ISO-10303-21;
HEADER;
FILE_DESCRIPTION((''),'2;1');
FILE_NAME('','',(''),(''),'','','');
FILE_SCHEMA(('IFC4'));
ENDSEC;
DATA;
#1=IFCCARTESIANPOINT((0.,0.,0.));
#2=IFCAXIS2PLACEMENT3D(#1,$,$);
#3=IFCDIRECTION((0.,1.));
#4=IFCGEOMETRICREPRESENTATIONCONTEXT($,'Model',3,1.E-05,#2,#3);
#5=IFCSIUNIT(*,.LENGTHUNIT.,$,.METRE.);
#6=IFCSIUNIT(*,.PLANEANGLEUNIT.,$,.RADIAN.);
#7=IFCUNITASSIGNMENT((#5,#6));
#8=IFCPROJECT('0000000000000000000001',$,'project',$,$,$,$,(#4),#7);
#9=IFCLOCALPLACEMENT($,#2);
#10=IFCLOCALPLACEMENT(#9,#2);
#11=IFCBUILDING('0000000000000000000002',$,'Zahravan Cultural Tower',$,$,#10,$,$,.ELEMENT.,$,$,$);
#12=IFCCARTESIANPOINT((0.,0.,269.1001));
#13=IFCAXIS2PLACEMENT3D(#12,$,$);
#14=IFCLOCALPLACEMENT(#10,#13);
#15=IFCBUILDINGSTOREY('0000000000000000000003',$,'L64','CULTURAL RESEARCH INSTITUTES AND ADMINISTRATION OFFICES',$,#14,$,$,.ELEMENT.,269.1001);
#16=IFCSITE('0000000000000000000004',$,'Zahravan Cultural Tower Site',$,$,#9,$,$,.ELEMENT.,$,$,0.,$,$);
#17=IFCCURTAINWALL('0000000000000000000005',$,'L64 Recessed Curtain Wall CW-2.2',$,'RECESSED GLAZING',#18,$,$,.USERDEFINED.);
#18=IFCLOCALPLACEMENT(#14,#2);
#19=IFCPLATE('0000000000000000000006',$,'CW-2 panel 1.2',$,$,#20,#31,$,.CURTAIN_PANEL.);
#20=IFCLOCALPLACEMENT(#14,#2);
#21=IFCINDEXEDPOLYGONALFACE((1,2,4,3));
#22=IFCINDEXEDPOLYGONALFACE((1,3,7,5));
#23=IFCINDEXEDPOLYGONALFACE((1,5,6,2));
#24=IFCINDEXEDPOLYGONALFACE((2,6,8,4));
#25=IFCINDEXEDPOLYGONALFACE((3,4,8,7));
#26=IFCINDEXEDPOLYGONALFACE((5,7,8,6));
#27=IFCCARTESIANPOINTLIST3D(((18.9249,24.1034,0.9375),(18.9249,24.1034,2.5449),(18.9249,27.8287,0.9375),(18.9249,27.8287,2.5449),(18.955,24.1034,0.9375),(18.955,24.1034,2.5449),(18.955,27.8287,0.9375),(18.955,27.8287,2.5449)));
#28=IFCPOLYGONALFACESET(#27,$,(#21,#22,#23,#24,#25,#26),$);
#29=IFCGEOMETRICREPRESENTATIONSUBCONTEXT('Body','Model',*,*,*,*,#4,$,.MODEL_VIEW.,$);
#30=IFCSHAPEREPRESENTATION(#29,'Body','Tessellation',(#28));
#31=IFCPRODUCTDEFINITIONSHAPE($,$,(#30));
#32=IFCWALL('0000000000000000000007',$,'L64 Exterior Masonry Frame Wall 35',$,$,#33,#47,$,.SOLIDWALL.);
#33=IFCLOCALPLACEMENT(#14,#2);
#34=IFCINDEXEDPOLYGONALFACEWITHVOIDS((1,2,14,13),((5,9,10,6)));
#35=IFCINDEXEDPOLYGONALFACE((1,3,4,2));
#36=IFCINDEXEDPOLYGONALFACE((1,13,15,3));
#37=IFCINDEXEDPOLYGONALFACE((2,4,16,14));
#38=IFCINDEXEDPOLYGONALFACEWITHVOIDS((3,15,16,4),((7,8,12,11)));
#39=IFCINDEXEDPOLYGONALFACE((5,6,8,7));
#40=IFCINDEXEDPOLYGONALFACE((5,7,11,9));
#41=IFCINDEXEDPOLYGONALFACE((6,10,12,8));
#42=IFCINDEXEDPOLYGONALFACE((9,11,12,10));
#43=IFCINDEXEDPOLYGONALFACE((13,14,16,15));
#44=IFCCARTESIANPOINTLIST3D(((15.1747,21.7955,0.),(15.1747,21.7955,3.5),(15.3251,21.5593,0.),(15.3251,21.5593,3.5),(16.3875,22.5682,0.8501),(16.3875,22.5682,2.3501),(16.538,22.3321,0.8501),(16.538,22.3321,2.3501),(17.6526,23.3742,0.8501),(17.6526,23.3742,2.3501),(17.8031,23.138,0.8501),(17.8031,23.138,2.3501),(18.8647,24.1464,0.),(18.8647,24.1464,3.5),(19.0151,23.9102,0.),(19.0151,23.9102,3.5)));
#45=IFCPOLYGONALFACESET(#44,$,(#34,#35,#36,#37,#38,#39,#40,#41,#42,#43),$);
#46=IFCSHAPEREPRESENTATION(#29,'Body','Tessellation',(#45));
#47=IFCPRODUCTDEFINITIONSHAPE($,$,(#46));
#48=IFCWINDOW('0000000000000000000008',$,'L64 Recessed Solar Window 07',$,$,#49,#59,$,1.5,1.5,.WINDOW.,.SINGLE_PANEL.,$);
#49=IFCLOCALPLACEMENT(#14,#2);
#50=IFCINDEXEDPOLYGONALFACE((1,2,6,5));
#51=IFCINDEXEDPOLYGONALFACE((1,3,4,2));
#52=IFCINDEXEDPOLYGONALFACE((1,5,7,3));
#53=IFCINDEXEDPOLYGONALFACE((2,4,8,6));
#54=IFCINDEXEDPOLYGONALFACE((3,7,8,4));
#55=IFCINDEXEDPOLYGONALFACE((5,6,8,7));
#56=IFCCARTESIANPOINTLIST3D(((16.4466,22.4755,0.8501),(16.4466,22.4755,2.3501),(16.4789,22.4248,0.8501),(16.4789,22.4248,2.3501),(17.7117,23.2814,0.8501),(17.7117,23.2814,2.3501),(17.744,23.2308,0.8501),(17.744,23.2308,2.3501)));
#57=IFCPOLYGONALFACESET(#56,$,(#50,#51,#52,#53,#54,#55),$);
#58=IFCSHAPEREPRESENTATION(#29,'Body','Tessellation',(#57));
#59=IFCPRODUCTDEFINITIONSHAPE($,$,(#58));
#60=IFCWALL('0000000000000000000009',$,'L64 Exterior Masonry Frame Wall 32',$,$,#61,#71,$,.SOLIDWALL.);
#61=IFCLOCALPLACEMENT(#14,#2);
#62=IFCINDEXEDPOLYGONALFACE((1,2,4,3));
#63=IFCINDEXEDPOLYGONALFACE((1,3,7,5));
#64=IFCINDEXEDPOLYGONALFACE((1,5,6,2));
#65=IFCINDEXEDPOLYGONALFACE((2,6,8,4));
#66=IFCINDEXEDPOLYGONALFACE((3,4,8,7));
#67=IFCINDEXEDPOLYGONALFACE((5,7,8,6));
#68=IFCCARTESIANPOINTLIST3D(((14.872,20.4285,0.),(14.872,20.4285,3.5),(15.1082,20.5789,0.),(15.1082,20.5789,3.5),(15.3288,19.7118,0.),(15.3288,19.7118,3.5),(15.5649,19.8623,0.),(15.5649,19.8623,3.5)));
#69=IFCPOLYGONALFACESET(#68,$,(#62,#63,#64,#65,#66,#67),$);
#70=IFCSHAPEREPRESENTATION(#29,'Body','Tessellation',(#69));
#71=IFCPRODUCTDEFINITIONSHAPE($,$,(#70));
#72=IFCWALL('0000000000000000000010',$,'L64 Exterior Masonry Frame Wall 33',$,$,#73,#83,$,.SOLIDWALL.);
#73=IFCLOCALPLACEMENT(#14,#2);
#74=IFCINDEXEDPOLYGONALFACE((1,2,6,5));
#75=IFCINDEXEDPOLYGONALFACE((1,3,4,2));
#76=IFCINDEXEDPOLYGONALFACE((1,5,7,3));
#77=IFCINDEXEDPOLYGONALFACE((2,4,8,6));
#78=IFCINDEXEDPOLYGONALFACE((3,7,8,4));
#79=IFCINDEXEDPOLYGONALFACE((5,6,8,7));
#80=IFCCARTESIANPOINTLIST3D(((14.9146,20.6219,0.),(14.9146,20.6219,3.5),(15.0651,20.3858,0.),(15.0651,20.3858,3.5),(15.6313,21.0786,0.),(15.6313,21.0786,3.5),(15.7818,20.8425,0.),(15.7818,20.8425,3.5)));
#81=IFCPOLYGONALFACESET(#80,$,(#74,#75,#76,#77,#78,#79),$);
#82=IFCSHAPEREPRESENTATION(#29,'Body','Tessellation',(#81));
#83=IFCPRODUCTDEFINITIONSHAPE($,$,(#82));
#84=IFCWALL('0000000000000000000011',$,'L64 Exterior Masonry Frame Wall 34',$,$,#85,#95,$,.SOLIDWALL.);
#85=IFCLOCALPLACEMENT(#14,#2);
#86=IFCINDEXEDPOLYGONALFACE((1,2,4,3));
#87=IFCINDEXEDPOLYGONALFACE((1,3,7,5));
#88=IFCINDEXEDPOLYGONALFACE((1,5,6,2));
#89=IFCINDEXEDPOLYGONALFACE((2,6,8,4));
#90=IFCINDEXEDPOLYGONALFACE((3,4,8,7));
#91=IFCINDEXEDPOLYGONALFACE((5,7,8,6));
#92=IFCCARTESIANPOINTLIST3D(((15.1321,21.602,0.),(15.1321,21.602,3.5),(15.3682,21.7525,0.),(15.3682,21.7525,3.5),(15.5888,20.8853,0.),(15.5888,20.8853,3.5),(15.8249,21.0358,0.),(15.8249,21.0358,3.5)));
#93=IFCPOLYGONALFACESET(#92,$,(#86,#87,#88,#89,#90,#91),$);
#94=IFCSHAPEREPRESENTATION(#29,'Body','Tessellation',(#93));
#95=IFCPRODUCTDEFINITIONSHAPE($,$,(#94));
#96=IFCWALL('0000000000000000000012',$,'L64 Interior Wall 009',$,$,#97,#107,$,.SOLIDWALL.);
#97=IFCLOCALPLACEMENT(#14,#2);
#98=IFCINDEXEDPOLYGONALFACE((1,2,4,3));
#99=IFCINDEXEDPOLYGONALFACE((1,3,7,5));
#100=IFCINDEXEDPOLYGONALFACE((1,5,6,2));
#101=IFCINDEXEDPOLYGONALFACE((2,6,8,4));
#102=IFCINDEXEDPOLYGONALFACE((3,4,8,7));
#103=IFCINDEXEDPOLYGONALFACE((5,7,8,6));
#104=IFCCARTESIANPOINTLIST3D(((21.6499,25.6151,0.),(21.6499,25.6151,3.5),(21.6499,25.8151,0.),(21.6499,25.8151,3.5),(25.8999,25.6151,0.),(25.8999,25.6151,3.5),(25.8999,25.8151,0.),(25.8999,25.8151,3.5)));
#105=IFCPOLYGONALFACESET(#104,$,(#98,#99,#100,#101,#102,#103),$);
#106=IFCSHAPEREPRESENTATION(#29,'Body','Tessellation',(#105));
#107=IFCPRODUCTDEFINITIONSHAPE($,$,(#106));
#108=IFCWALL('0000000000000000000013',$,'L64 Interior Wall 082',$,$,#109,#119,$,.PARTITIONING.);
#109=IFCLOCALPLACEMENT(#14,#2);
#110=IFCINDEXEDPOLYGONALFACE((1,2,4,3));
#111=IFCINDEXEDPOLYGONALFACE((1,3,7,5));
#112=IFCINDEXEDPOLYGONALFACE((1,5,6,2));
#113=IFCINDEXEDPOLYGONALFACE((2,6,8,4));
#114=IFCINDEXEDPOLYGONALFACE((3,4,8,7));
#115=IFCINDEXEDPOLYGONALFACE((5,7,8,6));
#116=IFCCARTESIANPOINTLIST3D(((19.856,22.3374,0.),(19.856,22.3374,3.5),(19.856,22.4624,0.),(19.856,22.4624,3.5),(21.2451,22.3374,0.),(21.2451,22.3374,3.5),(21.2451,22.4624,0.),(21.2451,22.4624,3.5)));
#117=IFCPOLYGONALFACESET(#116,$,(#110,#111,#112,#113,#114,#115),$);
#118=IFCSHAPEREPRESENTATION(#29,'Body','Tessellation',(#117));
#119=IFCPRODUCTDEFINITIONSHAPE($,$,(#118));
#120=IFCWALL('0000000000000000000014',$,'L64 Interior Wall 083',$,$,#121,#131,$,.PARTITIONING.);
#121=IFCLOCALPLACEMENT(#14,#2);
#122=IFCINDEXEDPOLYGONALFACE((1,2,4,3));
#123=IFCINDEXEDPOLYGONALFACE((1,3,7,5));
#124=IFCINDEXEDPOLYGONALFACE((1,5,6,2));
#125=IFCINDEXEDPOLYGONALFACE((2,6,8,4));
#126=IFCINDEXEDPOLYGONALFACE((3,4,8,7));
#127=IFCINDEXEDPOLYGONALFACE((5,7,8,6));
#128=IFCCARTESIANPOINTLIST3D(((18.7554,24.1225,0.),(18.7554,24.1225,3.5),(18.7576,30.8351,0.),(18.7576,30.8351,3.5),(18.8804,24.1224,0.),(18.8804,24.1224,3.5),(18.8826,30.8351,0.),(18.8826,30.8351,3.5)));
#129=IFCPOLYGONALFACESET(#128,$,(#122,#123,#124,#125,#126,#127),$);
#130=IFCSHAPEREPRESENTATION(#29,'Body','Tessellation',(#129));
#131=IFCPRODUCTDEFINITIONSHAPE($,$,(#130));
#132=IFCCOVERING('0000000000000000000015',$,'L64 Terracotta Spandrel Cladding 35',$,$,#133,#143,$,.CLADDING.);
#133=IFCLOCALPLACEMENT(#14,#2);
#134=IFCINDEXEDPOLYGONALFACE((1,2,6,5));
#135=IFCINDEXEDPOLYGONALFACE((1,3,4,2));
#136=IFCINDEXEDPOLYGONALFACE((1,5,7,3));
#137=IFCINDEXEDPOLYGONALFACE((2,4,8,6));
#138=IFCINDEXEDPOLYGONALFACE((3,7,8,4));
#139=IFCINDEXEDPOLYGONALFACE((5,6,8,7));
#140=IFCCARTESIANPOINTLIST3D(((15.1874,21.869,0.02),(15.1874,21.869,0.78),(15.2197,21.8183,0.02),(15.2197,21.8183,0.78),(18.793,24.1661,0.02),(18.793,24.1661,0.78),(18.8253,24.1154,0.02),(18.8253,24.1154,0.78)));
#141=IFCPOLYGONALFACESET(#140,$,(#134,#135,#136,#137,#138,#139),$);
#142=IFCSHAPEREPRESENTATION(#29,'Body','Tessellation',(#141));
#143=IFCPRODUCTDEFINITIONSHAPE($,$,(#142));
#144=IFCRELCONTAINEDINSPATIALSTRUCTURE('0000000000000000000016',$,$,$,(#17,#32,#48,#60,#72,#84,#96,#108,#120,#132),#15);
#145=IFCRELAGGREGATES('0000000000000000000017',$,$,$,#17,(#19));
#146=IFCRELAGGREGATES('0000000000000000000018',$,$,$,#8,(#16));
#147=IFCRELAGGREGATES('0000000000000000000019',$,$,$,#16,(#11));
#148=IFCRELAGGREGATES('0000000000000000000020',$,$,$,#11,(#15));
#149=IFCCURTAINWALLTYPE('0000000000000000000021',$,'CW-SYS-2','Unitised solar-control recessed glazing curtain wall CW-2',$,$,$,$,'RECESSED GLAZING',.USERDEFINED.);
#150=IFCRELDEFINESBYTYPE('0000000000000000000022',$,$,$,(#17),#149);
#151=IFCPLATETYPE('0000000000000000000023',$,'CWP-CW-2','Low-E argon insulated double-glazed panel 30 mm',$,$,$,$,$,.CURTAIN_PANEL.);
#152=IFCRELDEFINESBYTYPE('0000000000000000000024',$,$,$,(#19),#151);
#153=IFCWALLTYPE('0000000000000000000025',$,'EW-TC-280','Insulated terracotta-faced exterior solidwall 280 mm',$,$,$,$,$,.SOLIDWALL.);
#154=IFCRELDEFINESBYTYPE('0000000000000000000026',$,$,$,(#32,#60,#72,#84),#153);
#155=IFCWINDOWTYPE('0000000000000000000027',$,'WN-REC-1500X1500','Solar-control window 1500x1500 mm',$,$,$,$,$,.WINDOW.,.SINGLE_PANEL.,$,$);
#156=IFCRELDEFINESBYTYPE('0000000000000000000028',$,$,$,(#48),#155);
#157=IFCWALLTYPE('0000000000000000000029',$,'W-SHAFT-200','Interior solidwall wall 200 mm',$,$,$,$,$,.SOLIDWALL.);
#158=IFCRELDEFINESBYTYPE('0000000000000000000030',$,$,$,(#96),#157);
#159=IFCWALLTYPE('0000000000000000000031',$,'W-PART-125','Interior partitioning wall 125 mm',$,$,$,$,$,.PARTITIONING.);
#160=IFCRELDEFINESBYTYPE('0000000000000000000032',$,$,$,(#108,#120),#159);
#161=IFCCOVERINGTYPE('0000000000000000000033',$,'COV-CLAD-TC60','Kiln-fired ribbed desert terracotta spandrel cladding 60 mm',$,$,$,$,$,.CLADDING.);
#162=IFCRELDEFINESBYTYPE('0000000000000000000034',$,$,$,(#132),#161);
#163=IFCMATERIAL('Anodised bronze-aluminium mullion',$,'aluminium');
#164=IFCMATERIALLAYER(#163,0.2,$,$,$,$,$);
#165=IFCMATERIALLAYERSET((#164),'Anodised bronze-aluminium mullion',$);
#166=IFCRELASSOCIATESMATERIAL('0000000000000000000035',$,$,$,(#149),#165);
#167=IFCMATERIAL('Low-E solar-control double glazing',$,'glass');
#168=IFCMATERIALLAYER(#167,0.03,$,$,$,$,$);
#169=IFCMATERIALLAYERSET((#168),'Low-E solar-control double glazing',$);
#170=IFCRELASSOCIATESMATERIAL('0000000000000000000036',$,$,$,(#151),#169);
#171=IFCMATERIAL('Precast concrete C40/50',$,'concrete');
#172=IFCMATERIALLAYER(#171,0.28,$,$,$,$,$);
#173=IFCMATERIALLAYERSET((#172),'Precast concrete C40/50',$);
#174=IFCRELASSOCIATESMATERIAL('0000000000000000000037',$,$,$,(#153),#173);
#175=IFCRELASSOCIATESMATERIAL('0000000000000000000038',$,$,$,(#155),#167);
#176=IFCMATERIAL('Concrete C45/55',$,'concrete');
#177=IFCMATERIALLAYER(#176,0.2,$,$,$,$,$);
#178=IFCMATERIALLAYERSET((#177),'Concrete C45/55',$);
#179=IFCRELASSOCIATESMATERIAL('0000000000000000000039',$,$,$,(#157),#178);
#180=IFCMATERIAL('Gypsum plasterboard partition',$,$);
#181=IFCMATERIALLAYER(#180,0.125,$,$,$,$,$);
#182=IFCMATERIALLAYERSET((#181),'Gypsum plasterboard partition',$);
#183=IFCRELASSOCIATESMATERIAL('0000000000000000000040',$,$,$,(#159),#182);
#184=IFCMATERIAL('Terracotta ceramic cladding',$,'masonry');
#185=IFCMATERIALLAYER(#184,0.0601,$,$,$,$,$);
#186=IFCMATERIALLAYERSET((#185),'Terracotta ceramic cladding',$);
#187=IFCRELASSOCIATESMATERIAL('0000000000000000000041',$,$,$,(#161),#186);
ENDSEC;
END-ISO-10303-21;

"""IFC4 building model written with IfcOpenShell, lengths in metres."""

from ifc_helpers import new_model, si_unit, direction, frame, frame_2d, origin, origin_2d, place, context, subcontext, project, spatial, rectangle, extrude, source, transform, mapped, material, layer, layer_set, type_object, element, fill, aggregate, save


model = new_model("IFC4")

# Units and contexts
model_context = context("Model", 3, precision=1e-05, world=origin(), true_north=direction((0.0, 1.0)))
body_context = subcontext(model_context, "Body", "Model", "MODEL_VIEW")
ifc_project = project(units=[si_unit("LENGTHUNIT", "METRE"), si_unit("PLANEANGLEUNIT", "RADIAN")], contexts=[model_context])

# Site, building, storey
site_placement = place(None, origin())
site = spatial("IfcSite", under=ifc_project, at=site_placement, Name="Zahravan Cultural Tower Site", CompositionType="ELEMENT", RefElevation=0.0)
building_placement = place(site_placement, origin())
building = spatial("IfcBuilding", under=site, at=building_placement, Name="Zahravan Cultural Tower", CompositionType="ELEMENT")
storey_placement = place(building_placement, frame((0.0, 0.0, 269.1001)))
storey = spatial("IfcBuildingStorey", under=building, at=storey_placement, Name="L64", Description="CULTURAL RESEARCH INSTITUTES AND ADMINISTRATION OFFICES", CompositionType="ELEMENT", Elevation=269.1001)

# Curtain wall, plate
ifc_material_1 = material(Name="Anodised bronze-aluminium mullion", Category="aluminium")
ifc_layer_1 = layer(ifc_material_1, 0.2)
ifc_layer_set_1 = layer_set([ifc_layer_1], Name="Anodised bronze-aluminium mullion")
curtain_wall_type = type_object("IfcCurtainWallType", Name="CW-SYS-2", Description="Unitised solar-control recessed glazing curtain wall CW-2", ElementType="RECESSED GLAZING", PredefinedType="USERDEFINED", material=ifc_layer_set_1)
curtain_wall_placement = place(storey_placement, origin())
curtain_wall = element("IfcCurtainWall", 1, at=curtain_wall_placement, inside=storey, type_object=curtain_wall_type, Name="L64 Recessed Curtain Wall CW-2.2", ObjectType="RECESSED GLAZING", PredefinedType="USERDEFINED")
ifc_material_2 = material(Name="Low-E solar-control double glazing", Category="glass")
ifc_layer_2 = layer(ifc_material_2, 0.03)
ifc_layer_set_2 = layer_set([ifc_layer_2], Name="Low-E solar-control double glazing")
plate_type = type_object("IfcPlateType", Name="CWP-CW-2", Description="Low-E argon insulated double-glazed panel 30 mm", PredefinedType="CURTAIN_PANEL", material=ifc_layer_set_2)
shared_shape_1 = source(origin(), body_context, "Body", "SweptSolid", [
    extrude(rectangle(XDim=3.7253, YDim=0.03, at=origin_2d()), origin(), (0.0, 0.0, 1.0), 1.6074),
])
plate_1_placement = place(storey_placement, frame((18.9399, 25.9661, 0.9375), z_axis=(0.0, 0.0, 1.0), x_axis=(0.0, 1.0, 0.0)))
plate_1 = element("IfcPlate", 2, at=plate_1_placement, type_object=plate_type, Name="CW-2 panel 1.2", PredefinedType="CURTAIN_PANEL", context=body_context, shape_type="MappedRepresentation", body=[
    mapped(shared_shape_1, transform((0.0, 0.0, 0.0), x_axis=(1.0, 0.0, 0.0), y_axis=(0.0, 1.0, 0.0), z_axis=(0.0, 0.0, 1.0), scale=1.0)),
])
aggregate(curtain_wall, [plate_1])

# Wall, opening, window
ifc_material_3 = material(Name="Precast concrete C40/50", Category="concrete")
ifc_layer_3 = layer(ifc_material_3, 0.28)
ifc_layer_set_3 = layer_set([ifc_layer_3], Name="Precast concrete C40/50")
wall_type_1 = type_object("IfcWallType", Name="EW-TC-280", Description="Insulated terracotta-faced exterior solidwall 280 mm", PredefinedType="SOLIDWALL", material=ifc_layer_set_3)
wall_1_placement = place(storey_placement, frame((15.25, 21.6775, 0.0), z_axis=(0.0, 0.0, 1.0), x_axis=(0.843383, 0.537312, 0.0)))
wall_1 = element("IfcWall", 3, at=wall_1_placement, inside=storey, type_object=wall_type_1, Name="L64 Exterior Masonry Frame Wall 35", PredefinedType="SOLIDWALL", context=body_context, shape_type="SweptSolid", body=[
    extrude(rectangle(XDim=4.3752, YDim=0.28, at=frame_2d((2.1875, 0.0))), origin(), (0.0, 0.0, 1.0), 3.5),
])
opening_placement = place(wall_1_placement, frame((1.438, 0.0, 0.8501)))
opening = element("IfcOpeningElement", 4, at=opening_placement, cuts=wall_1, PredefinedType="OPENING", context=body_context, shape_type="SweptSolid", body=[
    extrude(rectangle(XDim=1.5, YDim=1.5, at=frame_2d((0.75, 0.75))), frame((0.0, 0.1499, 0.0), z_axis=(0.0, -1.0, 0.0), x_axis=(1.0, 0.0, 0.0)), (0.0, 0.0, 1.0), 0.3),
])
window_type = type_object("IfcWindowType", Name="WN-REC-1500X1500", Description="Solar-control window 1500x1500 mm", PartitioningType="SINGLE_PANEL", PredefinedType="WINDOW", material=ifc_material_2)
shared_shape_2 = source(origin(), body_context, "Body", "SweptSolid", [
    extrude(rectangle(XDim=1.5, YDim=1.5, at=frame_2d((0.75, 0.75))), frame((0.0, 0.03, 0.0), z_axis=(0.0, -1.0, 0.0), x_axis=(1.0, 0.0, 0.0)), (0.0, 0.0, 1.0), 0.0601),
])
window_placement = place(opening_placement, origin())
window = element("IfcWindow", 5, at=window_placement, inside=storey, type_object=window_type, Name="L64 Recessed Solar Window 07", OverallHeight=1.5, OverallWidth=1.5, PartitioningType="SINGLE_PANEL", PredefinedType="WINDOW", context=body_context, shape_type="MappedRepresentation", body=[
    mapped(shared_shape_2, transform((0.0, 0.0, 0.0), x_axis=(1.0, 0.0, 0.0), y_axis=(0.0, 1.0, 0.0), z_axis=(0.0, 0.0, 1.0), scale=1.0)),
])
fill(opening, window)

# Walls
shared_shape_3 = source(origin(), body_context, "Body", "SweptSolid", [
    extrude(rectangle(XDim=0.8499, YDim=0.28, at=frame_2d((0.4248, 0.0))), origin(), (0.0, 0.0, 1.0), 3.5),
])
for number, where, z_axis, x_axis, name in (
    (6, (15.4468, 19.7871, 0.0), (0.0, 0.0, 1.0), (-0.537414, 0.843318, 0.0), "L64 Exterior Masonry Frame Wall 32"),
    (7, (14.99, 20.5039, 0.0), (0.0, 0.0, 1.0), (0.843318, 0.537414, 0.0), "L64 Exterior Masonry Frame Wall 33"),
    (8, (15.7068, 20.9607, 0.0), (0.0, 0.0, 1.0), (-0.537414, 0.843318, 0.0), "L64 Exterior Masonry Frame Wall 34"),
):
    element("IfcWall", number, at=place(storey_placement, frame(where, z_axis=z_axis, x_axis=x_axis)), inside=storey, type_object=wall_type_1, Name=name, PredefinedType="SOLIDWALL", context=body_context, shape_type="MappedRepresentation", body=[
        mapped(shared_shape_3, transform((0.0, 0.0, 0.0), x_axis=(1.0, 0.0, 0.0), y_axis=(0.0, 1.0, 0.0), z_axis=(0.0, 0.0, 1.0), scale=1.0)),
    ])
ifc_material_4 = material(Name="Concrete C45/55", Category="concrete")
ifc_layer_4 = layer(ifc_material_4, 0.2)
ifc_layer_set_4 = layer_set([ifc_layer_4], Name="Concrete C45/55")
wall_type_2 = type_object("IfcWallType", Name="W-SHAFT-200", Description="Interior solidwall wall 200 mm", PredefinedType="SOLIDWALL", material=ifc_layer_set_4)
shared_shape_4 = source(origin(), body_context, "Body", "SweptSolid", [
    extrude(rectangle(XDim=4.25, YDim=0.2, at=frame_2d((2.125, 0.0))), origin(), (0.0, 0.0, 1.0), 3.5),
])
wall_2_placement = place(storey_placement, frame((21.6499, 25.7151, 0.0), z_axis=(0.0, 0.0, 1.0), x_axis=(1.0, 0.0, 0.0)))
element("IfcWall", 9, at=wall_2_placement, inside=storey, type_object=wall_type_2, Name="L64 Interior Wall 009", PredefinedType="SOLIDWALL", context=body_context, shape_type="MappedRepresentation", body=[
    mapped(shared_shape_4, transform((0.0, 0.0, 0.0), x_axis=(1.0, 0.0, 0.0), y_axis=(0.0, 1.0, 0.0), z_axis=(0.0, 0.0, 1.0), scale=1.0)),
])
ifc_material_5 = material(Name="Gypsum plasterboard partition")
ifc_layer_5 = layer(ifc_material_5, 0.125)
ifc_layer_set_5 = layer_set([ifc_layer_5], Name="Gypsum plasterboard partition")
wall_type_3 = type_object("IfcWallType", Name="W-PART-125", Description="Interior partitioning wall 125 mm", PredefinedType="PARTITIONING", material=ifc_layer_set_5)
shared_shape_5 = source(origin(), body_context, "Body", "SweptSolid", [
    extrude(rectangle(XDim=1.3892, YDim=0.125, at=frame_2d((0.6946, 0.0))), origin(), (0.0, 0.0, 1.0), 3.5),
])
wall_3_placement = place(storey_placement, frame((19.856, 22.3999, 0.0), z_axis=(0.0, 0.0, 1.0), x_axis=(1.0, 0.0, 0.0)))
element("IfcWall", 10, at=wall_3_placement, inside=storey, type_object=wall_type_3, Name="L64 Interior Wall 082", PredefinedType="PARTITIONING", context=body_context, shape_type="MappedRepresentation", body=[
    mapped(shared_shape_5, transform((0.0, 0.0, 0.0), x_axis=(1.0, 0.0, 0.0), y_axis=(0.0, 1.0, 0.0), z_axis=(0.0, 0.0, 1.0), scale=1.0)),
])
shared_shape_6 = source(origin(), body_context, "Body", "SweptSolid", [
    extrude(rectangle(XDim=6.7126, YDim=0.125, at=frame_2d((3.3564, 0.0))), origin(), (0.0, 0.0, 1.0), 3.5),
])
wall_4_placement = place(storey_placement, frame((18.8179, 24.1223, 0.0), z_axis=(0.0, 0.0, 1.0), x_axis=(0.000327, 1.0, 0.0)))
element("IfcWall", 11, at=wall_4_placement, inside=storey, type_object=wall_type_3, Name="L64 Interior Wall 083", PredefinedType="PARTITIONING", context=body_context, shape_type="MappedRepresentation", body=[
    mapped(shared_shape_6, transform((0.0, 0.0, 0.0), x_axis=(1.0, 0.0, 0.0), y_axis=(0.0, 1.0, 0.0), z_axis=(0.0, 0.0, 1.0), scale=1.0)),
])

# Covering
ifc_material_6 = material(Name="Terracotta ceramic cladding", Category="masonry")
ifc_layer_6 = layer(ifc_material_6, 0.0601)
ifc_layer_set_6 = layer_set([ifc_layer_6], Name="Terracotta ceramic cladding")
covering_type = type_object("IfcCoveringType", Name="COV-CLAD-TC60", Description="Kiln-fired ribbed desert terracotta spandrel cladding 60 mm", PredefinedType="CLADDING", material=ifc_layer_set_6)
shared_shape_7 = source(origin(), body_context, "Body", "SweptSolid", [
    extrude(rectangle(XDim=4.2751, YDim=0.0601, at=origin_2d()), origin(), (0.0, 0.0, 1.0), 0.76),
])
covering_placement = place(storey_placement, frame((17.0063, 22.9922, 0.02), z_axis=(0.0, 0.0, 1.0), x_axis=(0.843382, 0.537314, 0.0)))
element("IfcCovering", 12, at=covering_placement, inside=storey, type_object=covering_type, Name="L64 Terracotta Spandrel Cladding 35", PredefinedType="CLADDING", context=body_context, shape_type="MappedRepresentation", body=[
    mapped(shared_shape_7, transform((0.0, 0.0, 0.0), x_axis=(1.0, 0.0, 0.0), y_axis=(0.0, 1.0, 0.0), z_axis=(0.0, 0.0, 1.0), scale=1.0)),
])

save(model, "model.ifc")
